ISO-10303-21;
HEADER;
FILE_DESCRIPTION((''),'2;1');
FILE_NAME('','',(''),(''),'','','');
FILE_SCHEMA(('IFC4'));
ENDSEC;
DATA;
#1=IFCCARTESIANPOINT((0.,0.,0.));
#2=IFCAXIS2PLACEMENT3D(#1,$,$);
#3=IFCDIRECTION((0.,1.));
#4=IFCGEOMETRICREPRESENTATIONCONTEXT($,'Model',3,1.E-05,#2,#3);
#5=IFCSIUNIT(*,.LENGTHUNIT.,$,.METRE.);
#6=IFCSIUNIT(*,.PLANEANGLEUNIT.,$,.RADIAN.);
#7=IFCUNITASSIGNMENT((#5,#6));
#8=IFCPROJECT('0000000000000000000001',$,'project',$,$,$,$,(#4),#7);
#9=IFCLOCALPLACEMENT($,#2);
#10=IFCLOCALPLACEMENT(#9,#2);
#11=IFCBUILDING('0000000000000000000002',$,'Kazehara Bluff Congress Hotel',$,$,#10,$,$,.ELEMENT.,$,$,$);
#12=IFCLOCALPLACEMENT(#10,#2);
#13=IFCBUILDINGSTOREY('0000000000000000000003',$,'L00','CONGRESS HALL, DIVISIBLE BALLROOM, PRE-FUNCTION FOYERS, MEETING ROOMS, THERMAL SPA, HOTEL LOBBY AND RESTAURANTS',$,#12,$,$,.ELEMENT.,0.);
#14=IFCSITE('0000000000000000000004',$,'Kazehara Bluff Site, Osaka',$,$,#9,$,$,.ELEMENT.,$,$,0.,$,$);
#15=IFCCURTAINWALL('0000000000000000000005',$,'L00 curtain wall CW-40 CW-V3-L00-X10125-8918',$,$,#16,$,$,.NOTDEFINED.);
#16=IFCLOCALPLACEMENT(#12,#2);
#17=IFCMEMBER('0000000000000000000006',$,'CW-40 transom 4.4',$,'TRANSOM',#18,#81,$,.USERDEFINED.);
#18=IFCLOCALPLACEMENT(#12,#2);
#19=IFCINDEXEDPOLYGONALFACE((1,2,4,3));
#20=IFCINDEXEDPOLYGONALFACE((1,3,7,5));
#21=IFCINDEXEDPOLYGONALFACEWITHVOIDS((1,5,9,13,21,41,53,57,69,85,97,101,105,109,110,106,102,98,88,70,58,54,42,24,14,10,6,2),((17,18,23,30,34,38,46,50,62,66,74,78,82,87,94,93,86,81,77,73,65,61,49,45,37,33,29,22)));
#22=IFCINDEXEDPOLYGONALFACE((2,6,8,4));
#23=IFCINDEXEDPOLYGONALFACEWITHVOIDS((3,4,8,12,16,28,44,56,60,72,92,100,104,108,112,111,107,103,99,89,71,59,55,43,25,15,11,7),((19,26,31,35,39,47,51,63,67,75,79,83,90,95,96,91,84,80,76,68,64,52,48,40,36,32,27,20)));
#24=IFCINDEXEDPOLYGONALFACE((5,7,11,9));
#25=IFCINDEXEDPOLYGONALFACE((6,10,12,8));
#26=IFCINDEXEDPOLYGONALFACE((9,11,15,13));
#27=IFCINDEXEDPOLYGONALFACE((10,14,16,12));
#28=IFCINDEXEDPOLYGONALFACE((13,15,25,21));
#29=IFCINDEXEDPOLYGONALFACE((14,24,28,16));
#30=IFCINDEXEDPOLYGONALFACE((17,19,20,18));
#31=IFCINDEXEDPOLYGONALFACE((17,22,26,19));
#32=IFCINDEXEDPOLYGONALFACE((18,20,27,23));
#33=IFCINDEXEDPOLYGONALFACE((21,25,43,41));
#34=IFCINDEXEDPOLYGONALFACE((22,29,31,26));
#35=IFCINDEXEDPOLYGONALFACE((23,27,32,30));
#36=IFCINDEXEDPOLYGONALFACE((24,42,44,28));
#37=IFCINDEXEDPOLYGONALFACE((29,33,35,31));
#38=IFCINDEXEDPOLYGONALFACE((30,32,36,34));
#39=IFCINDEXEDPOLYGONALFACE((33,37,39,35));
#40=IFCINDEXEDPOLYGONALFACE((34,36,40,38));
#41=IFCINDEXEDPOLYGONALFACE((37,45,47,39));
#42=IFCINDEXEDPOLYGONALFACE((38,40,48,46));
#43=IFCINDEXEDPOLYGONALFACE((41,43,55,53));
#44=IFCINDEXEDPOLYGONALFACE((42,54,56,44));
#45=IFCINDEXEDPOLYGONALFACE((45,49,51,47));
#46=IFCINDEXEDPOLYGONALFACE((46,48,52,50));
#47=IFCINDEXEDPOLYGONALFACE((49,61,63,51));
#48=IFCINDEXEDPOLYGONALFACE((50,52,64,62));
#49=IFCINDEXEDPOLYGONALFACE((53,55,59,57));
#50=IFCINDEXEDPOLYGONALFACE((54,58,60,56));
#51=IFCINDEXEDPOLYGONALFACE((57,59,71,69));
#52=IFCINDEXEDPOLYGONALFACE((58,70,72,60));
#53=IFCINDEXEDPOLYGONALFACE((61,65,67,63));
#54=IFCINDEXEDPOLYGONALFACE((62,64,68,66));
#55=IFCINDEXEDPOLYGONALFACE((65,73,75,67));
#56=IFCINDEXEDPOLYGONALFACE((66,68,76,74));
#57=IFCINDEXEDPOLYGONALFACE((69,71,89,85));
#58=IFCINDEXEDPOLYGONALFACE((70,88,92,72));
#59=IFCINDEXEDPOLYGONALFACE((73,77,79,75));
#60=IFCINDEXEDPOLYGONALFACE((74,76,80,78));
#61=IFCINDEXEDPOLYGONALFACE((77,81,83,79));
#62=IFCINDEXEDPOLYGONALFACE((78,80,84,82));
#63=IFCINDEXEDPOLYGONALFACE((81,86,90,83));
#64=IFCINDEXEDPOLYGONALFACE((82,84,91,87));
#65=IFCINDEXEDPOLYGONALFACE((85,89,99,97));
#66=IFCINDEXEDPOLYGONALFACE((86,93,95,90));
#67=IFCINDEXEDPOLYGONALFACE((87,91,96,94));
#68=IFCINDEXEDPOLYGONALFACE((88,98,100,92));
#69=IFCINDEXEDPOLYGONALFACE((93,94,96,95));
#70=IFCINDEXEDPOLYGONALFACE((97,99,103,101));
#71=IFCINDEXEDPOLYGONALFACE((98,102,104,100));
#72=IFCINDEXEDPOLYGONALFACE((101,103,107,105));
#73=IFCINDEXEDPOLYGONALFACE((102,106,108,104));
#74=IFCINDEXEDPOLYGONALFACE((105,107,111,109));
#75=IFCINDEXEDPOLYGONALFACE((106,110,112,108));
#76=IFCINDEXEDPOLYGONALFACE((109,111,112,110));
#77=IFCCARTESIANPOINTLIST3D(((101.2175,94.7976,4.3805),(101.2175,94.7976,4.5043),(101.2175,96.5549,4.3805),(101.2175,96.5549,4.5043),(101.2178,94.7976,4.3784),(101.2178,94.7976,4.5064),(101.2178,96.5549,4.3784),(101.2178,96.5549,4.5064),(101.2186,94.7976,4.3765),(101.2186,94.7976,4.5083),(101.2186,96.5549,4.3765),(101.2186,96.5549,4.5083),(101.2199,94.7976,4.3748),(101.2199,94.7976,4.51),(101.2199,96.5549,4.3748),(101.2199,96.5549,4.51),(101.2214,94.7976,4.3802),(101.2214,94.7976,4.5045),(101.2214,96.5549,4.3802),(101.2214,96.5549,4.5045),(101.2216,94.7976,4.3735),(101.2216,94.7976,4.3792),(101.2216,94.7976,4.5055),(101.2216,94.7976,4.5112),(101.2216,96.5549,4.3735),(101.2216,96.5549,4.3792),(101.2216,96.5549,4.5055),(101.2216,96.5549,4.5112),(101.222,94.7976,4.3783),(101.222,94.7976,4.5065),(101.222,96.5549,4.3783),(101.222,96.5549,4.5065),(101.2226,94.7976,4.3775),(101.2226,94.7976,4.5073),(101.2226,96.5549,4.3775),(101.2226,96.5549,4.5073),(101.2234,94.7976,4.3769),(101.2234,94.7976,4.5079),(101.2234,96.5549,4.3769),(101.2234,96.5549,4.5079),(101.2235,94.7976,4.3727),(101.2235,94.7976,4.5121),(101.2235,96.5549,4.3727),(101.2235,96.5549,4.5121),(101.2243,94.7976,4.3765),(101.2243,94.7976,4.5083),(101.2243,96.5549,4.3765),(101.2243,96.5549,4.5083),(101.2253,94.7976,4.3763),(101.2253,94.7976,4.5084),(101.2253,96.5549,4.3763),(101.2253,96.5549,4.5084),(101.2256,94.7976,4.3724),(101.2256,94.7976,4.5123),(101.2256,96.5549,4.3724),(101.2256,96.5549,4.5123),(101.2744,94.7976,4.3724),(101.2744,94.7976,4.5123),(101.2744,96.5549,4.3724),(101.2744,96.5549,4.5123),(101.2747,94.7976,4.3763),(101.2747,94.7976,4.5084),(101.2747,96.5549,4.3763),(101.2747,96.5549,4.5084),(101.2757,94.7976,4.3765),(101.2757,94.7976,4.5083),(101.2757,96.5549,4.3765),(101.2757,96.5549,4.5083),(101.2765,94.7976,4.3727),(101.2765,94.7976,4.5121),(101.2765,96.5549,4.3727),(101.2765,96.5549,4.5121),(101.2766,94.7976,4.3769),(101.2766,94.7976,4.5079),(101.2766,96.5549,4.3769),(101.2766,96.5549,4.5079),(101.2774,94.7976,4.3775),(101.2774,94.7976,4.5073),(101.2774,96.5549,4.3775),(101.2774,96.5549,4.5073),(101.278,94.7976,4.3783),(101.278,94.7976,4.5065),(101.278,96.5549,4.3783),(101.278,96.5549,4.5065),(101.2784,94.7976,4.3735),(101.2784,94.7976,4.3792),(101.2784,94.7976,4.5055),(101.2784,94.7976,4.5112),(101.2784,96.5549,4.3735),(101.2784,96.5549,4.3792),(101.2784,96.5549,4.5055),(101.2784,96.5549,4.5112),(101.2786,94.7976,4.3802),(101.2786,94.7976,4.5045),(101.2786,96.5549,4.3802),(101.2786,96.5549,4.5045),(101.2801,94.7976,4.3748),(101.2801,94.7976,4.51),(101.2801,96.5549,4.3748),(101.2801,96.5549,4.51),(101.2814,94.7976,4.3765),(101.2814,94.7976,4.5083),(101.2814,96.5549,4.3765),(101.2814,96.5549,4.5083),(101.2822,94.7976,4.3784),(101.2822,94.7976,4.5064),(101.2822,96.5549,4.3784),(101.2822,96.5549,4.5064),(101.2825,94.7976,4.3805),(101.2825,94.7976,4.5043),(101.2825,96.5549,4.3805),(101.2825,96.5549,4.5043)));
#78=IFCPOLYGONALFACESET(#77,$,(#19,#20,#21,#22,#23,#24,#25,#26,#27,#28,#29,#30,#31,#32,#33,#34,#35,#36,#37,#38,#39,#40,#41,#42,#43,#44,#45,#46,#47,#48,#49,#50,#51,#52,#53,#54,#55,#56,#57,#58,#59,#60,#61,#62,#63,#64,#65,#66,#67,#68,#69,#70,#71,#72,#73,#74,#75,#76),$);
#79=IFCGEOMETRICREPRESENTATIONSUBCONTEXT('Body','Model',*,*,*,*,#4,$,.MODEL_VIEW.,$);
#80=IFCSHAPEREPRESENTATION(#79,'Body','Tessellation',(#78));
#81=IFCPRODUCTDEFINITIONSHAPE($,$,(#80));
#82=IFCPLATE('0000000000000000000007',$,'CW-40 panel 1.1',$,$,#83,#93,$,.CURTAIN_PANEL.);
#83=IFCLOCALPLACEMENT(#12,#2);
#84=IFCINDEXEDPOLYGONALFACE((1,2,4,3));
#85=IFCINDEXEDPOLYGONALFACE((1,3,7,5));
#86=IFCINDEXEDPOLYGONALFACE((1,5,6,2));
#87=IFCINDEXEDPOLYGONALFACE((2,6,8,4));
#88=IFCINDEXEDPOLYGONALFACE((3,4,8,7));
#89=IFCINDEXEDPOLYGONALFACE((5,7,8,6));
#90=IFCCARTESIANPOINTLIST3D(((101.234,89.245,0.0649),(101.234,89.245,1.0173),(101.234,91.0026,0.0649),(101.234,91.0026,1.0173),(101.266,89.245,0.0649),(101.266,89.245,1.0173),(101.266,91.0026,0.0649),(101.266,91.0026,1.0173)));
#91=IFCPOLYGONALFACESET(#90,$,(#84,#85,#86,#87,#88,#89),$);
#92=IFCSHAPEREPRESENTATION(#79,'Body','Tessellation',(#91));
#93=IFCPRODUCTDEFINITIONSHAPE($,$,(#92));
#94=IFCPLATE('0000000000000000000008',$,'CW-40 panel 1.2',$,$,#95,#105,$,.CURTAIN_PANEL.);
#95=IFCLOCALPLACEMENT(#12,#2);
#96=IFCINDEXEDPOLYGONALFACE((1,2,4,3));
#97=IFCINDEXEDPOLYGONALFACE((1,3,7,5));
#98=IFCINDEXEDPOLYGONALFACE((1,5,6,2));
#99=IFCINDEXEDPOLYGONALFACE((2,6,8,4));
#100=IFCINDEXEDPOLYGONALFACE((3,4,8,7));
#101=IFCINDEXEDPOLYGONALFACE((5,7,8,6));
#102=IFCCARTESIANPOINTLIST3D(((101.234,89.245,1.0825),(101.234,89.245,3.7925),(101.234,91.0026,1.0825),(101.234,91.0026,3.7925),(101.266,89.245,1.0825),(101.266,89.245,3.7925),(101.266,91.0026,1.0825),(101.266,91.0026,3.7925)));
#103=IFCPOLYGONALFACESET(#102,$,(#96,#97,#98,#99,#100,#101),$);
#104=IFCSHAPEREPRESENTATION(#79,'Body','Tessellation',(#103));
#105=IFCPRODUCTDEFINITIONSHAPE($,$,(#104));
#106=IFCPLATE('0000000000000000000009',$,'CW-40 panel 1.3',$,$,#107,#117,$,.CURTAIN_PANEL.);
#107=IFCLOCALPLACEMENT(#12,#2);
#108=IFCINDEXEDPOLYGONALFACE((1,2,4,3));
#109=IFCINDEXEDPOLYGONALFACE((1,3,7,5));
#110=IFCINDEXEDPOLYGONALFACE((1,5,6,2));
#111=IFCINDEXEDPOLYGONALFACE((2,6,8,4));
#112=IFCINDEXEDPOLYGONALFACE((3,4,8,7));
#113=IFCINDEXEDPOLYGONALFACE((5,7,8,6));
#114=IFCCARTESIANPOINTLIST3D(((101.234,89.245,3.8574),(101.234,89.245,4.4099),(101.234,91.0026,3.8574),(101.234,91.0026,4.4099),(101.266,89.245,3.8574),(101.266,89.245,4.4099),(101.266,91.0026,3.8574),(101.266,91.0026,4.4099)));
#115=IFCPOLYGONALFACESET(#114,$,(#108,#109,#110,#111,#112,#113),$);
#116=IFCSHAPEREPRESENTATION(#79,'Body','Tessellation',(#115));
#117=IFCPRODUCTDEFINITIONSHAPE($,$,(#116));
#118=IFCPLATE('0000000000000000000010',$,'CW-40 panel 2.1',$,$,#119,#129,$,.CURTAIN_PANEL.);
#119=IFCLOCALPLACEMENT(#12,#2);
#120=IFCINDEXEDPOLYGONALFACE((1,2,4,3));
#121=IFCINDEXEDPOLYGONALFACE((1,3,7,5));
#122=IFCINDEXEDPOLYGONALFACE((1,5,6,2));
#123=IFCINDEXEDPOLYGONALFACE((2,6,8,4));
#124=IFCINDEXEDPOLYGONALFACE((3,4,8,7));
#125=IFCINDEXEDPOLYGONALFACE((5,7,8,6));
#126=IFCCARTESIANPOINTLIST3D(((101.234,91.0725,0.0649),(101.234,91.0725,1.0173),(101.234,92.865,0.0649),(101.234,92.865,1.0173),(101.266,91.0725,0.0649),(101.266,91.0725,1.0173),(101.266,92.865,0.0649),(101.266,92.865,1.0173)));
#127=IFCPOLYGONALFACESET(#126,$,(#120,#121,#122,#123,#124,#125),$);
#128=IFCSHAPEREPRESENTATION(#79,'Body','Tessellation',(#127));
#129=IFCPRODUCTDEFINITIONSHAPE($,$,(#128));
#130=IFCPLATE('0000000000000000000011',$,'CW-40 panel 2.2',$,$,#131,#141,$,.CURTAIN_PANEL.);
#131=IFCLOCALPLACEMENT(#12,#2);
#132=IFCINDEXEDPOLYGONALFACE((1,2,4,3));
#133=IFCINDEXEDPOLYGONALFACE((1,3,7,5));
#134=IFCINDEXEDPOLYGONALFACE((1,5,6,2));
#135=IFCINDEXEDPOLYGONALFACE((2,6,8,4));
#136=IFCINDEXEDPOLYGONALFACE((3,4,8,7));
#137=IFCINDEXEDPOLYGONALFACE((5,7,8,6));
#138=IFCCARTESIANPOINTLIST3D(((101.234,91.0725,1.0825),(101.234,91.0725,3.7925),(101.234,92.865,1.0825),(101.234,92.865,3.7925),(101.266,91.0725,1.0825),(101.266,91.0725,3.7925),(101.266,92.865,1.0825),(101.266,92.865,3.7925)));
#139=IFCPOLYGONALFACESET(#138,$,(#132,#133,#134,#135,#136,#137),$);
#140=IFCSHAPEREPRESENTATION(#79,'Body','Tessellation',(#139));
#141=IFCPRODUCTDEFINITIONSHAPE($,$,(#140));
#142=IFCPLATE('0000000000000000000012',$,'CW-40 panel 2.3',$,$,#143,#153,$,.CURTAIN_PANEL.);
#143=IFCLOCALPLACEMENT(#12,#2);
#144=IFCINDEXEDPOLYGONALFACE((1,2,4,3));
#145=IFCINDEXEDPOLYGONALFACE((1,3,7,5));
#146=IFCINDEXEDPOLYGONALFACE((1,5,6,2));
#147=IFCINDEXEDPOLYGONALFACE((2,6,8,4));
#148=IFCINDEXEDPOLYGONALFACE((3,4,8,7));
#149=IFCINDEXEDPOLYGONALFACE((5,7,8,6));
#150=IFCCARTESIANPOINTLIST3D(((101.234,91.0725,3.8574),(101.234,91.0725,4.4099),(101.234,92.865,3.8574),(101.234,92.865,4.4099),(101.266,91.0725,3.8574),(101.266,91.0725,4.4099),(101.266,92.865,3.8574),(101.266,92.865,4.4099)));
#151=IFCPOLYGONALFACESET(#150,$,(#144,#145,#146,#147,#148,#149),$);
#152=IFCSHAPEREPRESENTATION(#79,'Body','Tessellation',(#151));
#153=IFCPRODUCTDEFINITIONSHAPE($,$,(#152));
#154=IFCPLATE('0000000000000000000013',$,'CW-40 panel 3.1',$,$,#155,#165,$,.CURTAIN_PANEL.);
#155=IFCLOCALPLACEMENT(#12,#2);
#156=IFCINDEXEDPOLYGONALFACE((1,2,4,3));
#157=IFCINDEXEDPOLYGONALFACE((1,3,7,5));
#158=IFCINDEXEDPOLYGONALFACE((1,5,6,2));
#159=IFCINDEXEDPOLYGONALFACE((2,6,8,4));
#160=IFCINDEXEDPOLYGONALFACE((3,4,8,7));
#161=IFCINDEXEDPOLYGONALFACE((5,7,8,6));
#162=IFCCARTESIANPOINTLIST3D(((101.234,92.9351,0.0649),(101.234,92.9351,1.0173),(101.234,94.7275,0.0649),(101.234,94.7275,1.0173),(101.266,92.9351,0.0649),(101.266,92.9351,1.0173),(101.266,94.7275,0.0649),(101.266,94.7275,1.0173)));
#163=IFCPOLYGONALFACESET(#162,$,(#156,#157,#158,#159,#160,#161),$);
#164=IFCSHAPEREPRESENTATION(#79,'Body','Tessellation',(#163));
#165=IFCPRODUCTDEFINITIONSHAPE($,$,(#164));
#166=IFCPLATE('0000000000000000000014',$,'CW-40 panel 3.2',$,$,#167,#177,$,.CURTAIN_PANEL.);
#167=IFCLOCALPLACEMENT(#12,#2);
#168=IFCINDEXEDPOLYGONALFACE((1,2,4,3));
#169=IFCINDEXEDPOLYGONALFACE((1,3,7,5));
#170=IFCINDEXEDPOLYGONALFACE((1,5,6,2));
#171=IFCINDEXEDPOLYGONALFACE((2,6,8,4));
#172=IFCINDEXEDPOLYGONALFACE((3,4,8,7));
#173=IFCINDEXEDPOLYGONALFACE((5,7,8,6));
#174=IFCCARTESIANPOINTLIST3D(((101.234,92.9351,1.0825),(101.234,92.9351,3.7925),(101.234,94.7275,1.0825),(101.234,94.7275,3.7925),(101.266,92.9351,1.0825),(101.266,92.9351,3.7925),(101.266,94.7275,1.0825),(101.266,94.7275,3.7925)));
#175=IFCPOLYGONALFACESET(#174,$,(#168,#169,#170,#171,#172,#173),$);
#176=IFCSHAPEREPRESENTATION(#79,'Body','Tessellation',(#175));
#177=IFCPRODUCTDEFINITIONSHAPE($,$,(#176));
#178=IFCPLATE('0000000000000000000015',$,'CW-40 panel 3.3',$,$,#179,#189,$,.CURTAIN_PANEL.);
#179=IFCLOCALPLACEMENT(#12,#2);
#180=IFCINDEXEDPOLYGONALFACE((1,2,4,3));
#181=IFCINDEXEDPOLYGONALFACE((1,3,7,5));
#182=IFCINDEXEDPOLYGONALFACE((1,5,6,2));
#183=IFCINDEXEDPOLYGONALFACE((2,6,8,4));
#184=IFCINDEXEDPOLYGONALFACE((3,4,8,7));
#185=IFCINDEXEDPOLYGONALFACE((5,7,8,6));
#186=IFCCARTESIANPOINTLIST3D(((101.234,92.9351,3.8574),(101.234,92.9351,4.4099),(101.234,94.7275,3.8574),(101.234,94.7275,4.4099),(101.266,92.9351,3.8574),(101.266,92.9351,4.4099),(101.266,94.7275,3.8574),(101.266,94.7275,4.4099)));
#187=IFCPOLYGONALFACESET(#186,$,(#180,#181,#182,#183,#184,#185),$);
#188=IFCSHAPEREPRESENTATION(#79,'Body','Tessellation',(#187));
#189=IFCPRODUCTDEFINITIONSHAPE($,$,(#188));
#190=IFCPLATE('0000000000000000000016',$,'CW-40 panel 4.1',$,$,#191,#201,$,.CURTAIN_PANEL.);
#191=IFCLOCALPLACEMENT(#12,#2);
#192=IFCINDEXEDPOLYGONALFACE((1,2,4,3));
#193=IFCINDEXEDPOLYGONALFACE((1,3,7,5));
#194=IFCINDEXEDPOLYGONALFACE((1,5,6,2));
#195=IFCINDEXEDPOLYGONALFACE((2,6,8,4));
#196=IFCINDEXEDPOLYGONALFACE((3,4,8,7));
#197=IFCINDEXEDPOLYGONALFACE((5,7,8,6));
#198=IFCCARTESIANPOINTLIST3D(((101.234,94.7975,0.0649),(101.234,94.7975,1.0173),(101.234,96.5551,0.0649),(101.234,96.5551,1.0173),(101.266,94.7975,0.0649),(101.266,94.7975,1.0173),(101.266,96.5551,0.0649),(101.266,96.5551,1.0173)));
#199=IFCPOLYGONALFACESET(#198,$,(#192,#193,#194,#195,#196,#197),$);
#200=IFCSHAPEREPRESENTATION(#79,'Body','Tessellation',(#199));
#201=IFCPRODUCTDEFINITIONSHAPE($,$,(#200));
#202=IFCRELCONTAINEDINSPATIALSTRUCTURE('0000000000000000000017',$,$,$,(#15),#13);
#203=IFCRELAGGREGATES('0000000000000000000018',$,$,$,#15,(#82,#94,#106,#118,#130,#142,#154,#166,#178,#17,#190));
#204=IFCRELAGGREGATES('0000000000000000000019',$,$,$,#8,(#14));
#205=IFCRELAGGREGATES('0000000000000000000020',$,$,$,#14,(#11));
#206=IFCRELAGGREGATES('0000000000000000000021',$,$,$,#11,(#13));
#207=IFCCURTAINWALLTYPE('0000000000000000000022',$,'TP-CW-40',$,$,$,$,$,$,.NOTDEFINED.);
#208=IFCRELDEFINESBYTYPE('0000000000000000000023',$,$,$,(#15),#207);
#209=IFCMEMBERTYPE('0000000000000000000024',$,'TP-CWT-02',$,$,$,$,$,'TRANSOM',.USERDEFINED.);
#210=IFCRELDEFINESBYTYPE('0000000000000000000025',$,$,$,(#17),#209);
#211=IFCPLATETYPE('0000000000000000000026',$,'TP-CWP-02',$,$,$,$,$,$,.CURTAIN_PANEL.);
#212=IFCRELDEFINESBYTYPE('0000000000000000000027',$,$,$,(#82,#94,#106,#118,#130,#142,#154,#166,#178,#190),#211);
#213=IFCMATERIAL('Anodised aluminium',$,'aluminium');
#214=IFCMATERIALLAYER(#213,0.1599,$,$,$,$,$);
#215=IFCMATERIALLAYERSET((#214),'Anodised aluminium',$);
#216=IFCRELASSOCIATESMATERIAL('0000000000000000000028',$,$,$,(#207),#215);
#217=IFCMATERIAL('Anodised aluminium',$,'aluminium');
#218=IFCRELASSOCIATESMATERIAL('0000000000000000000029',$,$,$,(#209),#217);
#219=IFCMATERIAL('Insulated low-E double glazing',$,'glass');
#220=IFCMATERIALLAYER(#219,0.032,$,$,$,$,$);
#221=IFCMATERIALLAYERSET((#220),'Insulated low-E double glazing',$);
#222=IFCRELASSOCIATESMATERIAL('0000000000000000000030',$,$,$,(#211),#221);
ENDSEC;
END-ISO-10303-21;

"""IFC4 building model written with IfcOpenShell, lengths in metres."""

from ifc_helpers import new_model, si_unit, direction, frame, origin, origin_2d, place, context, subcontext, project, spatial, rectangle, hollow_rectangle, extrude, material, layer, layer_set, material_profile, profile_set, type_object, element, aggregate, save


model = new_model("IFC4")

# Units and contexts
model_context = context("Model", 3, precision=1e-05, world=origin(), true_north=direction((0.0, 1.0)))
body_context = subcontext(model_context, "Body", "Model", "MODEL_VIEW")
ifc_project = project(units=[si_unit("LENGTHUNIT", "METRE"), si_unit("PLANEANGLEUNIT", "RADIAN")], contexts=[model_context])

# Site, building, storey
site_placement = place(None, origin())
site = spatial("IfcSite", under=ifc_project, at=site_placement, Name="Kazehara Bluff Site, Osaka", CompositionType="ELEMENT", RefElevation=0.0)
building_placement = place(site_placement, origin())
building = spatial("IfcBuilding", under=site, at=building_placement, Name="Kazehara Bluff Congress Hotel", CompositionType="ELEMENT")
storey_placement = place(building_placement, origin())
storey = spatial("IfcBuildingStorey", under=building, at=storey_placement, Name="L00", Description="CONGRESS HALL, DIVISIBLE BALLROOM, PRE-FUNCTION FOYERS, MEETING ROOMS, THERMAL SPA, HOTEL LOBBY AND RESTAURANTS", CompositionType="ELEMENT", Elevation=0.0)

# Curtain wall, member, plates
ifc_material_1 = material(Name="Anodised aluminium", Category="aluminium")
ifc_layer_1 = layer(ifc_material_1, 0.1599)
ifc_layer_set_1 = layer_set([ifc_layer_1], Name="Anodised aluminium")
curtain_wall_type = type_object("IfcCurtainWallType", Name="TP-CW-40", PredefinedType="NOTDEFINED", material=ifc_layer_set_1)
curtain_wall_placement = place(storey_placement, origin())
curtain_wall = element("IfcCurtainWall", 1, at=curtain_wall_placement, inside=storey, type_object=curtain_wall_type, Name="L00 curtain wall CW-40 CW-V3-L00-X10125-8918", PredefinedType="NOTDEFINED")
ifc_material_2 = material(Name="Anodised aluminium", Category="aluminium")
ifc_material_profile_1 = material_profile(ifc_material_2, hollow_rectangle(XDim=0.0649, YDim=0.1399, WallThickness=0.0039, InnerFilletRadius=0.0039, OuterFilletRadius=0.0081, at=origin_2d()))
ifc_profile_set_1 = profile_set([ifc_material_profile_1], Name="Anodised aluminium")
member_type_1 = type_object("IfcMemberType", Name="TP-CWT-02", ElementType="TRANSOM", PredefinedType="USERDEFINED", material=ifc_profile_set_1)
member_1_placement = place(storey_placement, frame((101.25, 94.7976, 4.4424), z_axis=(0.0, 1.0, 0.0), x_axis=(-1.0, 0.0, 0.0)))
member_1 = element("IfcMember", 2, at=member_1_placement, type_object=member_type_1, Name="CW-40 transom 4.4", ObjectType="TRANSOM", PredefinedType="USERDEFINED", context=body_context, shape_type="SweptSolid", body=[
    extrude(hollow_rectangle(XDim=0.0649, YDim=0.1399, WallThickness=0.0039, InnerFilletRadius=0.0039, OuterFilletRadius=0.0081, at=origin_2d()), origin(), (0.0, 0.0, 1.0), 1.7573),
])
ifc_material_3 = material(Name="Insulated low-E double glazing", Category="glass")
ifc_layer_2 = layer(ifc_material_3, 0.032)
ifc_layer_set_2 = layer_set([ifc_layer_2], Name="Insulated low-E double glazing")
plate_type = type_object("IfcPlateType", Name="TP-CWP-02", PredefinedType="CURTAIN_PANEL", material=ifc_layer_set_2)
plate_1_placement = place(storey_placement, frame((101.25, 90.1238, 0.0649), z_axis=(0.0, 0.0, 1.0), x_axis=(0.0, 1.0, 0.0)))
plate_1 = element("IfcPlate", 3, at=plate_1_placement, type_object=plate_type, Name="CW-40 panel 1.1", PredefinedType="CURTAIN_PANEL", context=body_context, shape_type="SweptSolid", body=[
    extrude(rectangle(XDim=1.7576, YDim=0.032, at=origin_2d()), origin(), (0.0, 0.0, 1.0), 0.9524),
])
plate_2_placement = place(storey_placement, frame((101.25, 90.1238, 1.0825), z_axis=(0.0, 0.0, 1.0), x_axis=(0.0, 1.0, 0.0)))
plate_2 = element("IfcPlate", 4, at=plate_2_placement, type_object=plate_type, Name="CW-40 panel 1.2", PredefinedType="CURTAIN_PANEL", context=body_context, shape_type="SweptSolid", body=[
    extrude(rectangle(XDim=1.7576, YDim=0.032, at=origin_2d()), origin(), (0.0, 0.0, 1.0), 2.71),
])
plate_3_placement = place(storey_placement, frame((101.25, 90.1238, 3.8574), z_axis=(0.0, 0.0, 1.0), x_axis=(0.0, 1.0, 0.0)))
plate_3 = element("IfcPlate", 5, at=plate_3_placement, type_object=plate_type, Name="CW-40 panel 1.3", PredefinedType="CURTAIN_PANEL", context=body_context, shape_type="SweptSolid", body=[
    extrude(rectangle(XDim=1.7576, YDim=0.032, at=origin_2d()), origin(), (0.0, 0.0, 1.0), 0.5525),
])
plate_4_placement = place(storey_placement, frame((101.25, 91.9688, 0.0649), z_axis=(0.0, 0.0, 1.0), x_axis=(0.0, 1.0, 0.0)))
plate_4 = element("IfcPlate", 6, at=plate_4_placement, type_object=plate_type, Name="CW-40 panel 2.1", PredefinedType="CURTAIN_PANEL", context=body_context, shape_type="SweptSolid", body=[
    extrude(rectangle(XDim=1.7925, YDim=0.032, at=origin_2d()), origin(), (0.0, 0.0, 1.0), 0.9524),
])
plate_5_placement = place(storey_placement, frame((101.25, 91.9688, 1.0825), z_axis=(0.0, 0.0, 1.0), x_axis=(0.0, 1.0, 0.0)))
plate_5 = element("IfcPlate", 7, at=plate_5_placement, type_object=plate_type, Name="CW-40 panel 2.2", PredefinedType="CURTAIN_PANEL", context=body_context, shape_type="SweptSolid", body=[
    extrude(rectangle(XDim=1.7925, YDim=0.032, at=origin_2d()), origin(), (0.0, 0.0, 1.0), 2.71),
])
plate_6_placement = place(storey_placement, frame((101.25, 91.9688, 3.8574), z_axis=(0.0, 0.0, 1.0), x_axis=(0.0, 1.0, 0.0)))
plate_6 = element("IfcPlate", 8, at=plate_6_placement, type_object=plate_type, Name="CW-40 panel 2.3", PredefinedType="CURTAIN_PANEL", context=body_context, shape_type="SweptSolid", body=[
    extrude(rectangle(XDim=1.7925, YDim=0.032, at=origin_2d()), origin(), (0.0, 0.0, 1.0), 0.5525),
])
plate_7_placement = place(storey_placement, frame((101.25, 93.8313, 0.0649), z_axis=(0.0, 0.0, 1.0), x_axis=(0.0, 1.0, 0.0)))
plate_7 = element("IfcPlate", 9, at=plate_7_placement, type_object=plate_type, Name="CW-40 panel 3.1", PredefinedType="CURTAIN_PANEL", context=body_context, shape_type="SweptSolid", body=[
    extrude(rectangle(XDim=1.7925, YDim=0.032, at=origin_2d()), origin(), (0.0, 0.0, 1.0), 0.9524),
])
plate_8_placement = place(storey_placement, frame((101.25, 93.8313, 1.0825), z_axis=(0.0, 0.0, 1.0), x_axis=(0.0, 1.0, 0.0)))
plate_8 = element("IfcPlate", 10, at=plate_8_placement, type_object=plate_type, Name="CW-40 panel 3.2", PredefinedType="CURTAIN_PANEL", context=body_context, shape_type="SweptSolid", body=[
    extrude(rectangle(XDim=1.7925, YDim=0.032, at=origin_2d()), origin(), (0.0, 0.0, 1.0), 2.71),
])
plate_9_placement = place(storey_placement, frame((101.25, 93.8313, 3.8574), z_axis=(0.0, 0.0, 1.0), x_axis=(0.0, 1.0, 0.0)))
plate_9 = element("IfcPlate", 11, at=plate_9_placement, type_object=plate_type, Name="CW-40 panel 3.3", PredefinedType="CURTAIN_PANEL", context=body_context, shape_type="SweptSolid", body=[
    extrude(rectangle(XDim=1.7925, YDim=0.032, at=origin_2d()), origin(), (0.0, 0.0, 1.0), 0.5525),
])
plate_10_placement = place(storey_placement, frame((101.25, 95.6763, 0.0649), z_axis=(0.0, 0.0, 1.0), x_axis=(0.0, 1.0, 0.0)))
plate_10 = element("IfcPlate", 12, at=plate_10_placement, type_object=plate_type, Name="CW-40 panel 4.1", PredefinedType="CURTAIN_PANEL", context=body_context, shape_type="SweptSolid", body=[
    extrude(rectangle(XDim=1.7576, YDim=0.032, at=origin_2d()), origin(), (0.0, 0.0, 1.0), 0.9524),
])
aggregate(curtain_wall, [plate_1, plate_2, plate_3, plate_4, plate_5, plate_6, plate_7, plate_8, plate_9, member_1, plate_10])

save(model, "model.ifc")
